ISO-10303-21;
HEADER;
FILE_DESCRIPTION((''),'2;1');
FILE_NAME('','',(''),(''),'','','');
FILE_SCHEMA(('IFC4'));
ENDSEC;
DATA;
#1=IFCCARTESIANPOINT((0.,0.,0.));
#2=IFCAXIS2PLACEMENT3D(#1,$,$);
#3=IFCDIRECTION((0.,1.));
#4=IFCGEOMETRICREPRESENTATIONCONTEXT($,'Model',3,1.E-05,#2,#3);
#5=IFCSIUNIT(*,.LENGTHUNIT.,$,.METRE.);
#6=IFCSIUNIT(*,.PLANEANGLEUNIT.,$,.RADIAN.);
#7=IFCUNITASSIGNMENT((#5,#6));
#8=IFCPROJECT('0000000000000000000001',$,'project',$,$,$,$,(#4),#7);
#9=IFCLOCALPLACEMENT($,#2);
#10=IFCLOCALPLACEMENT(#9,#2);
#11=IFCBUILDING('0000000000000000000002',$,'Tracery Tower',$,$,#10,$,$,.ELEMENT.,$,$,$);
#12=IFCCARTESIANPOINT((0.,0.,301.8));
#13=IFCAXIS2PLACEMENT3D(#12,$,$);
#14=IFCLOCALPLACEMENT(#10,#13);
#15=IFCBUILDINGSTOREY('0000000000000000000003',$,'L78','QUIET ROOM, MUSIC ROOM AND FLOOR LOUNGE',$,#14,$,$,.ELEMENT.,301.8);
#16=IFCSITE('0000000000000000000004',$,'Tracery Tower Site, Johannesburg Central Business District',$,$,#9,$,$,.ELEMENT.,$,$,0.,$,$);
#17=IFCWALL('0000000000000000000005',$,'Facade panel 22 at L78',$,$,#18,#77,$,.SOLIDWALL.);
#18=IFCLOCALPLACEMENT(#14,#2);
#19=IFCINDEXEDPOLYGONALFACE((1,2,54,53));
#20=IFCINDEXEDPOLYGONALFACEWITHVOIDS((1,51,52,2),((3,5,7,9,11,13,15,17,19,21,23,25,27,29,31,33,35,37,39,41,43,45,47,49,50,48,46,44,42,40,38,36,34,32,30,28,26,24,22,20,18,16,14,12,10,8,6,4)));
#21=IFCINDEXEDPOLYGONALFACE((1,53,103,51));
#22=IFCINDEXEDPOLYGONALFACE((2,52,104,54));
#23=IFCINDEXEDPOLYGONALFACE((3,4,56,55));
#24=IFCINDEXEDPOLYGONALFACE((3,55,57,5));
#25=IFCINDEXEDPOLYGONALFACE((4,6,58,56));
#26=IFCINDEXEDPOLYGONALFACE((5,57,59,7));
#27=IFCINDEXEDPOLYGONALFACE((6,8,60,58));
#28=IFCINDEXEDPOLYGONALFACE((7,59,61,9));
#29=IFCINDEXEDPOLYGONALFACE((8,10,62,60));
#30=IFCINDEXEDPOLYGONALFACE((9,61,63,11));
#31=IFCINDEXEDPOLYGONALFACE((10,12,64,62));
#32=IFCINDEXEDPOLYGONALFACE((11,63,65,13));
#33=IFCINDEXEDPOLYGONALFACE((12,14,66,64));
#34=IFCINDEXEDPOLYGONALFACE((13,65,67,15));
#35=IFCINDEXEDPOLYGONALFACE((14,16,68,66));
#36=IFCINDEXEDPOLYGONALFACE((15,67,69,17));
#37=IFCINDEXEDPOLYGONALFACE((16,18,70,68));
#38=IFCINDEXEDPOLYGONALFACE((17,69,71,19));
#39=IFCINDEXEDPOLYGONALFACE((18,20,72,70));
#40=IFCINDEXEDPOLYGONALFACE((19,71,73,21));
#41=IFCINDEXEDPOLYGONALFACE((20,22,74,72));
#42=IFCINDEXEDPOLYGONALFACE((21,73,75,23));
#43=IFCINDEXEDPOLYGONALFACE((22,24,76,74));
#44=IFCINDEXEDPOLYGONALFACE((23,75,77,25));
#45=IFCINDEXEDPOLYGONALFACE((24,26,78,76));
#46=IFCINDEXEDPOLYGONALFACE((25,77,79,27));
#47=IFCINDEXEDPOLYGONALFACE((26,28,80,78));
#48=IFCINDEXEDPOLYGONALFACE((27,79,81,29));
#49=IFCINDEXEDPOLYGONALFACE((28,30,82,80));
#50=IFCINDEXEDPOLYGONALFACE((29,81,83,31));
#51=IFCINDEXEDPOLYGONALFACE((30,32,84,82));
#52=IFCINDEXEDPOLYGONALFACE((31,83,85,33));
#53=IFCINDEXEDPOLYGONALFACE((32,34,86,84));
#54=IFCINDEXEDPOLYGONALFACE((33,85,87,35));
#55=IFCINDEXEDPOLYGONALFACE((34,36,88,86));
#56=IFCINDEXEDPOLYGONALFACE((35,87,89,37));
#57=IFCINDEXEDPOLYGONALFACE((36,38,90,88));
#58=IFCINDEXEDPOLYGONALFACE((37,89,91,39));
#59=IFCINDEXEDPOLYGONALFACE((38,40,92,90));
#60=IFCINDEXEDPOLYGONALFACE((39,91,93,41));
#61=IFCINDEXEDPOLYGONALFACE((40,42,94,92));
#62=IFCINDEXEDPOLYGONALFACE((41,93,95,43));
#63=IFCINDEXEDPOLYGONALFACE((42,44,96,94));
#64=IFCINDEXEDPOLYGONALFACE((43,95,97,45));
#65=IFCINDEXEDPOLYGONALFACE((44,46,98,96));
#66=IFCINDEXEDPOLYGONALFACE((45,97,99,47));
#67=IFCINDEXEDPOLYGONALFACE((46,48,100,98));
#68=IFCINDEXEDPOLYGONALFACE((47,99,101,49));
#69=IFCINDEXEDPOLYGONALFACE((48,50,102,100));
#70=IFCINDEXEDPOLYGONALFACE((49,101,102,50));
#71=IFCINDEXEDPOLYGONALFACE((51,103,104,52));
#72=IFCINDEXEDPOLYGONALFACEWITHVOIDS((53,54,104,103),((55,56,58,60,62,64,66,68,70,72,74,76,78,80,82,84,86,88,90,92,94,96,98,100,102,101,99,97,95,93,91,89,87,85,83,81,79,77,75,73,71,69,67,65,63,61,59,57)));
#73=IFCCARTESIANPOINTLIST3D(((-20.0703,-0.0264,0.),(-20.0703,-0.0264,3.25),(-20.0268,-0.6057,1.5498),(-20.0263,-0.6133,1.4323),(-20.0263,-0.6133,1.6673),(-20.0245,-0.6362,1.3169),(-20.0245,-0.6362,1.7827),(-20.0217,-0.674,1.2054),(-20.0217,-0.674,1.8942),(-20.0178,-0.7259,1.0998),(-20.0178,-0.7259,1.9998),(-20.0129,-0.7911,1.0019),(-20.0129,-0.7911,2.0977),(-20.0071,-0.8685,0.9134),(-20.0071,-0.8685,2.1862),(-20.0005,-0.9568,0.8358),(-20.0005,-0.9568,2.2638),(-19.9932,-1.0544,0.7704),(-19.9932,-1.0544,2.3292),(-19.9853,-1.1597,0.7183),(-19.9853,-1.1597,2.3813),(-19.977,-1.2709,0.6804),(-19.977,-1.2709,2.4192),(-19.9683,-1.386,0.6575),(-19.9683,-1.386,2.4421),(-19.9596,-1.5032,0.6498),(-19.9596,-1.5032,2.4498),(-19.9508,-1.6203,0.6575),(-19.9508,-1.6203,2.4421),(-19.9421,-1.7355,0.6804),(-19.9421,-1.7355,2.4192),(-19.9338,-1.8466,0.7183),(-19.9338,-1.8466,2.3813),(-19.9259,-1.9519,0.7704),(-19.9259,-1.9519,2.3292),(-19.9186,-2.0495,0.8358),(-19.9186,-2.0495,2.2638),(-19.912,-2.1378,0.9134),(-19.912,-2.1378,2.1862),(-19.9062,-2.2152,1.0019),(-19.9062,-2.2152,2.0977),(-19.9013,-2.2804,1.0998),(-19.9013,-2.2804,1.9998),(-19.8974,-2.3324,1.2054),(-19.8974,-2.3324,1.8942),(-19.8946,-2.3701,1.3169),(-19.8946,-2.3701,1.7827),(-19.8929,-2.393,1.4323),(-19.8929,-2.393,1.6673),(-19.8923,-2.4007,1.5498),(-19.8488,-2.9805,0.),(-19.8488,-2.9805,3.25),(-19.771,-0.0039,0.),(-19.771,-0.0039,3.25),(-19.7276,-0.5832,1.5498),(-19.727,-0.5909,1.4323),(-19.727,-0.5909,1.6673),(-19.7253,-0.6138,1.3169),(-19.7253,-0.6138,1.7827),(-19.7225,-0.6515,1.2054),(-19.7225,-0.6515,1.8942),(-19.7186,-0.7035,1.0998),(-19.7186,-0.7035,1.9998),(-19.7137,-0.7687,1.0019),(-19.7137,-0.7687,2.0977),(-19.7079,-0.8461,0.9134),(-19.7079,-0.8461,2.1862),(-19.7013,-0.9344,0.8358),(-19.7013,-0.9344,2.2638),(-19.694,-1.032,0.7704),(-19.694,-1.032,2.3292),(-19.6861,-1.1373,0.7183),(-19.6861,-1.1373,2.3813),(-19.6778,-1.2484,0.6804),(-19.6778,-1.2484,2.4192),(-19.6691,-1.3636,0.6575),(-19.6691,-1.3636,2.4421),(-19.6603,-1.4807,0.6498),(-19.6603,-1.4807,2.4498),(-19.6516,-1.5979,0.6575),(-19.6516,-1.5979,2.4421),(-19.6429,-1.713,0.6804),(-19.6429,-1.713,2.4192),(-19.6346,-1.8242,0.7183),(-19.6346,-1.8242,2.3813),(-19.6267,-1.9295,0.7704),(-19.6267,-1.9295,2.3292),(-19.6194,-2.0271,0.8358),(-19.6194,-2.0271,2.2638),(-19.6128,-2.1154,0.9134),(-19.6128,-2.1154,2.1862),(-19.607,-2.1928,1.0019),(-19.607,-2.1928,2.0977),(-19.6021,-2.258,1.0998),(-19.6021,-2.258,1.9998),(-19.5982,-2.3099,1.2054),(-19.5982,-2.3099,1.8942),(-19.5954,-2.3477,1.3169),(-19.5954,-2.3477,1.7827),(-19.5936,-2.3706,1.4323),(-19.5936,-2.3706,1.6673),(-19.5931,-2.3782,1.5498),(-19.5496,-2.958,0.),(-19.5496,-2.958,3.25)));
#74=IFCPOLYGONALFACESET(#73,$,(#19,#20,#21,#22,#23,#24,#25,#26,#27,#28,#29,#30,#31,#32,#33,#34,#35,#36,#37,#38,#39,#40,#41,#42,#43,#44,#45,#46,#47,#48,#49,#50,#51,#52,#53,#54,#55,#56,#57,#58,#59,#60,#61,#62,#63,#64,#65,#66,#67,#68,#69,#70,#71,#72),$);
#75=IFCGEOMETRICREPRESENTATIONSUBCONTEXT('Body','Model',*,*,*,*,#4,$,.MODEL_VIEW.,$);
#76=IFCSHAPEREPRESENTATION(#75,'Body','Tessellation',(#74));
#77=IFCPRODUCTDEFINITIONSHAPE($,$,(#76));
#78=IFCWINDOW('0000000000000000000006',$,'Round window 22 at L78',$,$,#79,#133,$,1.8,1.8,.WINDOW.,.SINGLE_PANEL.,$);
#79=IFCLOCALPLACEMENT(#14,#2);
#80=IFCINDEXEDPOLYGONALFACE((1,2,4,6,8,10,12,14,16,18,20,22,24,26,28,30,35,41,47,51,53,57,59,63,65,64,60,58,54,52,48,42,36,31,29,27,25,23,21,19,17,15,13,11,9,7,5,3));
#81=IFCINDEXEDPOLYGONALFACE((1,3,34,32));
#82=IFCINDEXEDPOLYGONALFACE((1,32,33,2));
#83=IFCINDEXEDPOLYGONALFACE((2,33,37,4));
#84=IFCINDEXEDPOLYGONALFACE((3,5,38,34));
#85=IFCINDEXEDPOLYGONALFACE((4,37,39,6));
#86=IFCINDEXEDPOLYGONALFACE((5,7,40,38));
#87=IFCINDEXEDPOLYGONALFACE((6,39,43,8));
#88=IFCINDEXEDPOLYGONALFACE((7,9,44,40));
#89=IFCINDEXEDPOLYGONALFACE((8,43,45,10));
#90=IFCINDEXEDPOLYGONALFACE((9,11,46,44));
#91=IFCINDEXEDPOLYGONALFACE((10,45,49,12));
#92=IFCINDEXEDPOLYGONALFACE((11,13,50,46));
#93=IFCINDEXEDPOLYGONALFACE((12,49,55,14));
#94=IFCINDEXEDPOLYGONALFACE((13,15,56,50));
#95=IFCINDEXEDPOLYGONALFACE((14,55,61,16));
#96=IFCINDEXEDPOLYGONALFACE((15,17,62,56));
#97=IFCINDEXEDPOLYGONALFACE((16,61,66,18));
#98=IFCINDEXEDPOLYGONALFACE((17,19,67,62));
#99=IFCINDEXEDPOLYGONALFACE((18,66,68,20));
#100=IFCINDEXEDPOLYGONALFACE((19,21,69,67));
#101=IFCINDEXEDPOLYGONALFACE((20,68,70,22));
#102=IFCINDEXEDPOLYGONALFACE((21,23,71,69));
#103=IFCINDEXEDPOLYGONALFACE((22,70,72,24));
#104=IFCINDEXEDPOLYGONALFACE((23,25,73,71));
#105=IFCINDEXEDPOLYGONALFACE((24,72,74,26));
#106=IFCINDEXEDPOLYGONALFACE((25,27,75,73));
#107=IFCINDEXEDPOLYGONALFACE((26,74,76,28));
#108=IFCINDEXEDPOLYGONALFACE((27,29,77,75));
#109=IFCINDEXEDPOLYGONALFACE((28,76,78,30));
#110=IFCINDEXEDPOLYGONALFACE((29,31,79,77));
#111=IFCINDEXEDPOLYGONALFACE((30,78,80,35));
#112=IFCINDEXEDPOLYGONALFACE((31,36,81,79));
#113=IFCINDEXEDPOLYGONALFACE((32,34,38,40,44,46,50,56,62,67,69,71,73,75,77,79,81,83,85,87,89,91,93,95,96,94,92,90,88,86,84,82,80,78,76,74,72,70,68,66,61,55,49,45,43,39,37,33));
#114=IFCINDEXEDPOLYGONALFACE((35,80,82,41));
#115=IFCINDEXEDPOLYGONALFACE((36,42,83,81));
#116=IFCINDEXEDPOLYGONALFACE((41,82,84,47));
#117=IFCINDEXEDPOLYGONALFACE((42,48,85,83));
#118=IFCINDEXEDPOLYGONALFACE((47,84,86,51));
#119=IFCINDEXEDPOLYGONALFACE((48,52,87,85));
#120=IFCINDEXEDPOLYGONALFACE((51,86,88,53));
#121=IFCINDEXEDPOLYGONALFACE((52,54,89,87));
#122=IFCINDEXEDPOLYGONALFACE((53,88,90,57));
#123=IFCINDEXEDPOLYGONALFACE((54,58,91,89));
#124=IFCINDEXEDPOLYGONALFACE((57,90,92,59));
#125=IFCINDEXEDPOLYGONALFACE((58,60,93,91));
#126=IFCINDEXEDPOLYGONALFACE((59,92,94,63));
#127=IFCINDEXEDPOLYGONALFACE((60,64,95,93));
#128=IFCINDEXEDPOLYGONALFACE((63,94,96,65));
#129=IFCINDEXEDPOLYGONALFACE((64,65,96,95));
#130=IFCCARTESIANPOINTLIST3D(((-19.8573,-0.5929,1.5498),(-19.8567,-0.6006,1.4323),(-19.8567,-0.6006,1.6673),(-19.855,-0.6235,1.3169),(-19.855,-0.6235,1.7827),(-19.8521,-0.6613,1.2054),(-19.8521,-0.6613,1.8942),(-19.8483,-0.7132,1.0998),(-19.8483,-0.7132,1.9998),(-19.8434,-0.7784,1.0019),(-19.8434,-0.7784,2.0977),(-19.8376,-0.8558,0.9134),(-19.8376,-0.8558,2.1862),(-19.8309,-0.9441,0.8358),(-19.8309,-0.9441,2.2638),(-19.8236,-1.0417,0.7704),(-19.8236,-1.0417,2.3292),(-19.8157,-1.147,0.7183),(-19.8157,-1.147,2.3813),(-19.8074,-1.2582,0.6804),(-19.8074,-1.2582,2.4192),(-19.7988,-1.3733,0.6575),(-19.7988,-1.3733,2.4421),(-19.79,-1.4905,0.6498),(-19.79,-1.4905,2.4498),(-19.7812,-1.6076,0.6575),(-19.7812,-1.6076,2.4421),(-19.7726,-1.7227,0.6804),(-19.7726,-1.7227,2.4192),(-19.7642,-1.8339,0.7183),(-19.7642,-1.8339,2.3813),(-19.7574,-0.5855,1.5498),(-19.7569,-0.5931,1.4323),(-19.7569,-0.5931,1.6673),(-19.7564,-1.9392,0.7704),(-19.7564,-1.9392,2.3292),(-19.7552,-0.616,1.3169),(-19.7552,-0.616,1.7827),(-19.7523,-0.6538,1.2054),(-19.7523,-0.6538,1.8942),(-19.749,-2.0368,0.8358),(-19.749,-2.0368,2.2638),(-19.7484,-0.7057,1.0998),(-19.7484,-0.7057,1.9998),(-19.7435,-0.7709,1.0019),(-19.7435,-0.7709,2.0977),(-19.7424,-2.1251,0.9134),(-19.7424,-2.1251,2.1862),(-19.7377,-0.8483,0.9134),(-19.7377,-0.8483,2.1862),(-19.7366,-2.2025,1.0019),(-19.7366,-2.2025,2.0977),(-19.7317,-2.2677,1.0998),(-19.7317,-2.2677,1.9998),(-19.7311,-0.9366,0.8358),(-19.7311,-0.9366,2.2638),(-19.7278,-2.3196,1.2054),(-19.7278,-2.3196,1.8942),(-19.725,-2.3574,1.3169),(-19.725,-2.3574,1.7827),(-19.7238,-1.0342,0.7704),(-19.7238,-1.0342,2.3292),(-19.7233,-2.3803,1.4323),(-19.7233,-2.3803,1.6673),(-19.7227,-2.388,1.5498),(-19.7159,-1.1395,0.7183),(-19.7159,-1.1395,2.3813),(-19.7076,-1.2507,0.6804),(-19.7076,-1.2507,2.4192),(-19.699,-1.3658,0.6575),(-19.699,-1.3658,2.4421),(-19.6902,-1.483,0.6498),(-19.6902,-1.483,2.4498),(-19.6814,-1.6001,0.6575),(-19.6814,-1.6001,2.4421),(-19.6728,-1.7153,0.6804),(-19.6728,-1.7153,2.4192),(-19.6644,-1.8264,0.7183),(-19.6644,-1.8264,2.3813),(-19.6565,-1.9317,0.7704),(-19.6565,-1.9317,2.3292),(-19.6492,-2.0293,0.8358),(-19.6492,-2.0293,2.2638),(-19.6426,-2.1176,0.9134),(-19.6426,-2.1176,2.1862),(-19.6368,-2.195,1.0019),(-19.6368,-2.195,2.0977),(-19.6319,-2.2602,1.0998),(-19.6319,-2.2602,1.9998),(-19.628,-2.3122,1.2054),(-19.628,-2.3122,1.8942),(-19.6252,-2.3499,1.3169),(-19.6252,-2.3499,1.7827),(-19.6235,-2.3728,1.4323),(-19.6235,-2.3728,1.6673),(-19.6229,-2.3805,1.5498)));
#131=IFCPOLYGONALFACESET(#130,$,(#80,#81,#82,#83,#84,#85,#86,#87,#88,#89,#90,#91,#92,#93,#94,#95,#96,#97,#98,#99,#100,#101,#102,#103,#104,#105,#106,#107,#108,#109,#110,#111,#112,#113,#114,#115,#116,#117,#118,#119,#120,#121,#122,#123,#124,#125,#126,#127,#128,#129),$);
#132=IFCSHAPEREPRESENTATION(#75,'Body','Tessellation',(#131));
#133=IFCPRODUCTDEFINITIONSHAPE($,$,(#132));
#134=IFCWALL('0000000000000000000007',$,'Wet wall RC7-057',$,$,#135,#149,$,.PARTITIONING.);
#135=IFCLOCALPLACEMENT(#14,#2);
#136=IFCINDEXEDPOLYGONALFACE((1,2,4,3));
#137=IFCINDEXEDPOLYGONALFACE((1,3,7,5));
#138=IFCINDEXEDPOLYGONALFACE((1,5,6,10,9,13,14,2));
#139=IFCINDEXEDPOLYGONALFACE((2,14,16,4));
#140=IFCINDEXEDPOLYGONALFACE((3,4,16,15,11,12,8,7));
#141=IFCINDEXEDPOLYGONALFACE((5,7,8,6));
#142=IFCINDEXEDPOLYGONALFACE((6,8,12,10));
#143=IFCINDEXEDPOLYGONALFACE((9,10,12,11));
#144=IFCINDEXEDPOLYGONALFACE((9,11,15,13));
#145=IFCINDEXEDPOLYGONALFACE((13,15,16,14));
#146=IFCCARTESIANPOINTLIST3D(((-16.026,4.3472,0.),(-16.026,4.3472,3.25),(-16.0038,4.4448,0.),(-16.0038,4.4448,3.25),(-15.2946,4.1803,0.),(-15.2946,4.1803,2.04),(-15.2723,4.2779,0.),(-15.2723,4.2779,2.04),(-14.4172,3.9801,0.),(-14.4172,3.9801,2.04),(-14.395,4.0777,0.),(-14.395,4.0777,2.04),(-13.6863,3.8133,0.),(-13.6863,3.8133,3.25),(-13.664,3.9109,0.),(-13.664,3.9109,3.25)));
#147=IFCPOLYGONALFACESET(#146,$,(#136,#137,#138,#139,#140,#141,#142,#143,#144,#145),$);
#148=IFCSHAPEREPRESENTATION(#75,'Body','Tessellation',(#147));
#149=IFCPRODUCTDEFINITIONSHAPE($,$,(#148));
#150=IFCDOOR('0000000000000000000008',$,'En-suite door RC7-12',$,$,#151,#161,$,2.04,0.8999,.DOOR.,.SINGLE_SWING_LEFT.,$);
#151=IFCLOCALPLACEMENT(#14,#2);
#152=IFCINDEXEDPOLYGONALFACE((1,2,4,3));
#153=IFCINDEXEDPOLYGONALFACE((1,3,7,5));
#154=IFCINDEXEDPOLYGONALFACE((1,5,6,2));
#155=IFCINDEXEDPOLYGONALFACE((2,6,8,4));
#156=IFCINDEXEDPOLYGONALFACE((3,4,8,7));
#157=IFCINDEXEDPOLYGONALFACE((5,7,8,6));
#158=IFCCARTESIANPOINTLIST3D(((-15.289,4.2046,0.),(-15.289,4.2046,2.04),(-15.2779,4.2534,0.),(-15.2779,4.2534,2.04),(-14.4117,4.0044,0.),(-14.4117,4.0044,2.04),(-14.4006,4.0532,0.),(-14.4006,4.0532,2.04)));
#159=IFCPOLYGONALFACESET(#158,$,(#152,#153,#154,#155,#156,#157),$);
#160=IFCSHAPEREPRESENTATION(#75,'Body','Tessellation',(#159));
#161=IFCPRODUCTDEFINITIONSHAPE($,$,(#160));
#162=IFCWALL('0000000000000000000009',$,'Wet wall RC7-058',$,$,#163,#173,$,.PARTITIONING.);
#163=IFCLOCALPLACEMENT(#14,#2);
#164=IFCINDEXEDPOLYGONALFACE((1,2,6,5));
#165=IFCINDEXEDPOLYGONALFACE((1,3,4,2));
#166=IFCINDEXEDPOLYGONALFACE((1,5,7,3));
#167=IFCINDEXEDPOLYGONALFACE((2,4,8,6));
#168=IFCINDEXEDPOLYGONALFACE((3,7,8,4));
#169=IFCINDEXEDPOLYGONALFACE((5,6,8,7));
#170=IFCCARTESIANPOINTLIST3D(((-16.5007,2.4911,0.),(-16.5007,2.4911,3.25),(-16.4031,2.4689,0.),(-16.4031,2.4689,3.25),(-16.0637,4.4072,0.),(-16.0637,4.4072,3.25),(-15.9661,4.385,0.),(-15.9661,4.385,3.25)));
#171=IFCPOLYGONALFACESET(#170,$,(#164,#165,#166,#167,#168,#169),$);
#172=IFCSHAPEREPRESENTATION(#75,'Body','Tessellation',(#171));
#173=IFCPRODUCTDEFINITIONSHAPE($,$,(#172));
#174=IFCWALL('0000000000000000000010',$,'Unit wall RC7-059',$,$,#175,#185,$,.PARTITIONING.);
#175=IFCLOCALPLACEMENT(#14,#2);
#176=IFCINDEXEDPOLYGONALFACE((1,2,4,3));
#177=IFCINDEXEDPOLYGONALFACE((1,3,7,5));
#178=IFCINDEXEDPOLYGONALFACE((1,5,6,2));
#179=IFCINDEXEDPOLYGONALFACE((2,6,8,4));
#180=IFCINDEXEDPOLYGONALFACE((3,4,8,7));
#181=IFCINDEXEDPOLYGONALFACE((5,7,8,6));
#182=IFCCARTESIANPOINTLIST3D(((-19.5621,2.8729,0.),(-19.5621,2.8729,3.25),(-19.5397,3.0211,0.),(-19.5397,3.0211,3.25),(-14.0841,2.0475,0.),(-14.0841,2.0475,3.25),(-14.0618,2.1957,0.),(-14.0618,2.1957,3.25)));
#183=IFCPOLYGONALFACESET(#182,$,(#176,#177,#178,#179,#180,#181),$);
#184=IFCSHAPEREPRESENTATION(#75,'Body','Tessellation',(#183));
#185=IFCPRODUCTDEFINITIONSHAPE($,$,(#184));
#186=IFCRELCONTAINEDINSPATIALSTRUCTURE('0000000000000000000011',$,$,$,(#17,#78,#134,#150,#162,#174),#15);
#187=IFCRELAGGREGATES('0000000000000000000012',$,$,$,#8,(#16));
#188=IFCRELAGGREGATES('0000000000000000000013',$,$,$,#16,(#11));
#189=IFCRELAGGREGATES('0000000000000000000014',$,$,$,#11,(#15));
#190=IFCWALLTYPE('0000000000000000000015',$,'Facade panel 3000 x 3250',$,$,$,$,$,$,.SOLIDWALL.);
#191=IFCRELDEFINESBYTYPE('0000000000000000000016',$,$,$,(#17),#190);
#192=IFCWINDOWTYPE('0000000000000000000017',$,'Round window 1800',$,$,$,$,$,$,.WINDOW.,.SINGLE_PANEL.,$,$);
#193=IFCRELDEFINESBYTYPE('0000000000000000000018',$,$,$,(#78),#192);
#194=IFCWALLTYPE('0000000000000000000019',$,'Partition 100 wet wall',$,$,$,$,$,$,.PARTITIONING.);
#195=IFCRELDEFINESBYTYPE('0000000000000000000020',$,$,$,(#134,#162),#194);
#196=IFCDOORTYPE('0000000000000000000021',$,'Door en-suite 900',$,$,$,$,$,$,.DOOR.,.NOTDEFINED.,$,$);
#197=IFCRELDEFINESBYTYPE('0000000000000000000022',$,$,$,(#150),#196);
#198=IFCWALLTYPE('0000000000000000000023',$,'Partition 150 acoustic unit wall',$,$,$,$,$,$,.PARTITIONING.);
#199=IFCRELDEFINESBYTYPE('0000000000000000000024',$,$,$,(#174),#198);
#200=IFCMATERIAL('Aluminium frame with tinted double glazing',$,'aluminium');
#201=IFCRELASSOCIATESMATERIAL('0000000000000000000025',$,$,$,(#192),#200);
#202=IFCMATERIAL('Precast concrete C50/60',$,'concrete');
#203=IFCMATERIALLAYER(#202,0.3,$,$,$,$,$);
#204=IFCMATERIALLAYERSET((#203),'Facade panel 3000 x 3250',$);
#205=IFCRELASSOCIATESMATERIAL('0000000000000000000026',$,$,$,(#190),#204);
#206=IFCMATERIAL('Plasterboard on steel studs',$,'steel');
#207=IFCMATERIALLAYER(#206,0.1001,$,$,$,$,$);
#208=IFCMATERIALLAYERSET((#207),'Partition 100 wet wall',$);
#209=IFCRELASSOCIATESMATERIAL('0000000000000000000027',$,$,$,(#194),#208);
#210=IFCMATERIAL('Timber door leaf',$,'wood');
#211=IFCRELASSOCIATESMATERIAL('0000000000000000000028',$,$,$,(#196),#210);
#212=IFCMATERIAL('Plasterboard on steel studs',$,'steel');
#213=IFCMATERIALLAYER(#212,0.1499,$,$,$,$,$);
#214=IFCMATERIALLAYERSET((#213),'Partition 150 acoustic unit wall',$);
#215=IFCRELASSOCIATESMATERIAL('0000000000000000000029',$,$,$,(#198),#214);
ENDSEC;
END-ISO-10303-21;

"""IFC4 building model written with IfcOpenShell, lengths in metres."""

from ifc_helpers import new_model, si_unit, direction, frame, frame_2d, origin, origin_2d, place, context, subcontext, project, spatial, rectangle, circle, extrude, material, layer, layer_set, type_object, element, fill, save


model = new_model("IFC4")

# Units and contexts
model_context = context("Model", 3, precision=1e-05, world=origin(), true_north=direction((0.0, 1.0)))
body_context = subcontext(model_context, "Body", "Model", "MODEL_VIEW")
ifc_project = project(units=[si_unit("LENGTHUNIT", "METRE"), si_unit("PLANEANGLEUNIT", "RADIAN")], contexts=[model_context])

# Site, building, storey
site_placement = place(None, origin())
site = spatial("IfcSite", under=ifc_project, at=site_placement, Name="Tracery Tower Site, Johannesburg Central Business District", CompositionType="ELEMENT", RefElevation=0.0)
building_placement = place(site_placement, origin())
building = spatial("IfcBuilding", under=site, at=building_placement, Name="Tracery Tower", CompositionType="ELEMENT")
storey_placement = place(building_placement, frame((0.0, 0.0, 301.8)))
storey = spatial("IfcBuildingStorey", under=building, at=storey_placement, Name="L78", Description="QUIET ROOM, MUSIC ROOM AND FLOOR LOUNGE", CompositionType="ELEMENT", Elevation=301.8)

# Wall, opening, window
ifc_material_1 = material(Name="Aluminium frame with tinted double glazing", Category="aluminium")
window_type = type_object("IfcWindowType", Name="Round window 1800", PartitioningType="SINGLE_PANEL", PredefinedType="WINDOW", material=ifc_material_1)
ifc_material_2 = material(Name="Precast concrete C50/60", Category="concrete")
ifc_layer_1 = layer(ifc_material_2, 0.3)
ifc_layer_set_1 = layer_set([ifc_layer_1], Name="Facade panel 3000 x 3250")
wall_type_1 = type_object("IfcWallType", Name="Facade panel 3000 x 3250", PredefinedType="SOLIDWALL", material=ifc_layer_set_1)
wall_1_placement = place(storey_placement, frame((-19.9207, -0.0151, 0.0), z_axis=(0.0, 0.0, 1.0), x_axis=(0.074749, -0.997202, 0.0)))
wall_1 = element("IfcWall", 1, at=wall_1_placement, inside=storey, type_object=wall_type_1, Name="Facade panel 22 at L78", PredefinedType="SOLIDWALL", context=body_context, shape_type="SweptSolid", body=[
    extrude(rectangle(XDim=2.9624, YDim=0.3, at=frame_2d((1.4812, 0.0))), origin(), (0.0, 0.0, 1.0), 3.25),
])
opening_1_placement = place(wall_1_placement, frame((1.481, 0.0, 1.5498)))
opening_1 = element("IfcOpeningElement", 2, at=opening_1_placement, cuts=wall_1, PredefinedType="OPENING", context=body_context, shape_type="SweptSolid", body=[
    extrude(circle(Radius=0.9, at=origin_2d()), frame((0.0, 0.1599, 0.0), z_axis=(0.0, -1.0, 0.0), x_axis=(1.0, 0.0, 0.0)), (0.0, 0.0, 1.0), 0.3201),
])
window_1_placement = place(opening_1_placement, origin())
window_1 = element("IfcWindow", 3, at=window_1_placement, inside=storey, type_object=window_type, Name="Round window 22 at L78", OverallHeight=1.8, OverallWidth=1.8, PartitioningType="SINGLE_PANEL", PredefinedType="WINDOW", context=body_context, shape_type="SweptSolid", body=[
    extrude(circle(Radius=0.9, at=origin_2d()), frame((0.0, 0.1201, 0.0), z_axis=(0.0, -1.0, 0.0), x_axis=(1.0, 0.0, 0.0)), (0.0, 0.0, 1.0), 0.1001),
])
fill(opening_1, window_1)

# Wall, opening, door
ifc_material_3 = material(Name="Plasterboard on steel studs", Category="steel")
ifc_layer_2 = layer(ifc_material_3, 0.1001)
ifc_layer_set_2 = layer_set([ifc_layer_2], Name="Partition 100 wet wall")
wall_type_2 = type_object("IfcWallType", Name="Partition 100 wet wall", PredefinedType="PARTITIONING", material=ifc_layer_set_2)
wall_2_placement = place(storey_placement, frame((-16.0149, 4.396, 0.0), z_axis=(0.0, 0.0, 1.0), x_axis=(0.974939, -0.222474, 0.0)))
wall_2 = element("IfcWall", 4, at=wall_2_placement, inside=storey, type_object=wall_type_2, Name="Wet wall RC7-057", PredefinedType="PARTITIONING", context=body_context, shape_type="SweptSolid", body=[
    extrude(rectangle(XDim=2.3999, YDim=0.1001, at=frame_2d((1.2, 0.0))), origin(), (0.0, 0.0, 1.0), 3.25),
])
opening_2_placement = place(wall_2_placement, frame((0.7502, 0.0, 0.0)))
opening_2 = element("IfcOpeningElement", 5, at=opening_2_placement, cuts=wall_2, PredefinedType="OPENING", context=body_context, shape_type="SweptSolid", body=[
    extrude(rectangle(XDim=0.8999, YDim=2.04, at=frame_2d((0.45, 1.02))), frame((0.0, 0.05, 0.0), z_axis=(0.0, -1.0, 0.0), x_axis=(1.0, 0.0, 0.0)), (0.0, 0.0, 1.0), 0.1001),
])
ifc_material_4 = material(Name="Timber door leaf", Category="wood")
door_type_1 = type_object("IfcDoorType", Name="Door en-suite 900", OperationType="NOTDEFINED", PredefinedType="DOOR", material=ifc_material_4)
door_1_placement = place(opening_2_placement, origin())
door_1 = element("IfcDoor", 6, at=door_1_placement, inside=storey, type_object=door_type_1, Name="En-suite door RC7-12", OperationType="SINGLE_SWING_LEFT", OverallHeight=2.04, OverallWidth=0.8999, PredefinedType="DOOR", context=body_context, shape_type="SweptSolid", body=[
    extrude(rectangle(XDim=0.8999, YDim=2.04, at=frame_2d((0.45, 1.02))), frame((0.0, 0.0249, 0.0), z_axis=(0.0, -1.0, 0.0), x_axis=(1.0, 0.0, 0.0)), (0.0, 0.0, 1.0), 0.05),
])
fill(opening_2, door_1)

# Walls
wall_3_placement = place(storey_placement, frame((-16.4519, 2.48, 0.0), z_axis=(0.0, 0.0, 1.0), x_axis=(0.222373, 0.974962, 0.0)))
element("IfcWall", 7, at=wall_3_placement, inside=storey, type_object=wall_type_2, Name="Wet wall RC7-058", PredefinedType="PARTITIONING", context=body_context, shape_type="SweptSolid", body=[
    extrude(rectangle(XDim=1.9653, YDim=0.1001, at=frame_2d((0.9827, 0.0))), origin(), (0.0, 0.0, 1.0), 3.25),
])
ifc_material_5 = material(Name="Plasterboard on steel studs", Category="steel")
ifc_layer_3 = layer(ifc_material_5, 0.1499)
ifc_layer_set_3 = layer_set([ifc_layer_3], Name="Partition 150 acoustic unit wall")
wall_type_3 = type_object("IfcWallType", Name="Partition 150 acoustic unit wall", PredefinedType="PARTITIONING", material=ifc_layer_set_3)
wall_4_placement = place(storey_placement, frame((-19.551, 2.947, 0.0), z_axis=(0.0, 0.0, 1.0), x_axis=(0.988837, -0.149, 0.0)))
element("IfcWall", 8, at=wall_4_placement, inside=storey, type_object=wall_type_3, Name="Unit wall RC7-059", PredefinedType="PARTITIONING", context=body_context, shape_type="SweptSolid", body=[
    extrude(rectangle(XDim=5.5398, YDim=0.1499, at=frame_2d((2.77, 0.0))), origin(), (0.0, 0.0, 1.0), 3.25),
])

save(model, "model.ifc")
